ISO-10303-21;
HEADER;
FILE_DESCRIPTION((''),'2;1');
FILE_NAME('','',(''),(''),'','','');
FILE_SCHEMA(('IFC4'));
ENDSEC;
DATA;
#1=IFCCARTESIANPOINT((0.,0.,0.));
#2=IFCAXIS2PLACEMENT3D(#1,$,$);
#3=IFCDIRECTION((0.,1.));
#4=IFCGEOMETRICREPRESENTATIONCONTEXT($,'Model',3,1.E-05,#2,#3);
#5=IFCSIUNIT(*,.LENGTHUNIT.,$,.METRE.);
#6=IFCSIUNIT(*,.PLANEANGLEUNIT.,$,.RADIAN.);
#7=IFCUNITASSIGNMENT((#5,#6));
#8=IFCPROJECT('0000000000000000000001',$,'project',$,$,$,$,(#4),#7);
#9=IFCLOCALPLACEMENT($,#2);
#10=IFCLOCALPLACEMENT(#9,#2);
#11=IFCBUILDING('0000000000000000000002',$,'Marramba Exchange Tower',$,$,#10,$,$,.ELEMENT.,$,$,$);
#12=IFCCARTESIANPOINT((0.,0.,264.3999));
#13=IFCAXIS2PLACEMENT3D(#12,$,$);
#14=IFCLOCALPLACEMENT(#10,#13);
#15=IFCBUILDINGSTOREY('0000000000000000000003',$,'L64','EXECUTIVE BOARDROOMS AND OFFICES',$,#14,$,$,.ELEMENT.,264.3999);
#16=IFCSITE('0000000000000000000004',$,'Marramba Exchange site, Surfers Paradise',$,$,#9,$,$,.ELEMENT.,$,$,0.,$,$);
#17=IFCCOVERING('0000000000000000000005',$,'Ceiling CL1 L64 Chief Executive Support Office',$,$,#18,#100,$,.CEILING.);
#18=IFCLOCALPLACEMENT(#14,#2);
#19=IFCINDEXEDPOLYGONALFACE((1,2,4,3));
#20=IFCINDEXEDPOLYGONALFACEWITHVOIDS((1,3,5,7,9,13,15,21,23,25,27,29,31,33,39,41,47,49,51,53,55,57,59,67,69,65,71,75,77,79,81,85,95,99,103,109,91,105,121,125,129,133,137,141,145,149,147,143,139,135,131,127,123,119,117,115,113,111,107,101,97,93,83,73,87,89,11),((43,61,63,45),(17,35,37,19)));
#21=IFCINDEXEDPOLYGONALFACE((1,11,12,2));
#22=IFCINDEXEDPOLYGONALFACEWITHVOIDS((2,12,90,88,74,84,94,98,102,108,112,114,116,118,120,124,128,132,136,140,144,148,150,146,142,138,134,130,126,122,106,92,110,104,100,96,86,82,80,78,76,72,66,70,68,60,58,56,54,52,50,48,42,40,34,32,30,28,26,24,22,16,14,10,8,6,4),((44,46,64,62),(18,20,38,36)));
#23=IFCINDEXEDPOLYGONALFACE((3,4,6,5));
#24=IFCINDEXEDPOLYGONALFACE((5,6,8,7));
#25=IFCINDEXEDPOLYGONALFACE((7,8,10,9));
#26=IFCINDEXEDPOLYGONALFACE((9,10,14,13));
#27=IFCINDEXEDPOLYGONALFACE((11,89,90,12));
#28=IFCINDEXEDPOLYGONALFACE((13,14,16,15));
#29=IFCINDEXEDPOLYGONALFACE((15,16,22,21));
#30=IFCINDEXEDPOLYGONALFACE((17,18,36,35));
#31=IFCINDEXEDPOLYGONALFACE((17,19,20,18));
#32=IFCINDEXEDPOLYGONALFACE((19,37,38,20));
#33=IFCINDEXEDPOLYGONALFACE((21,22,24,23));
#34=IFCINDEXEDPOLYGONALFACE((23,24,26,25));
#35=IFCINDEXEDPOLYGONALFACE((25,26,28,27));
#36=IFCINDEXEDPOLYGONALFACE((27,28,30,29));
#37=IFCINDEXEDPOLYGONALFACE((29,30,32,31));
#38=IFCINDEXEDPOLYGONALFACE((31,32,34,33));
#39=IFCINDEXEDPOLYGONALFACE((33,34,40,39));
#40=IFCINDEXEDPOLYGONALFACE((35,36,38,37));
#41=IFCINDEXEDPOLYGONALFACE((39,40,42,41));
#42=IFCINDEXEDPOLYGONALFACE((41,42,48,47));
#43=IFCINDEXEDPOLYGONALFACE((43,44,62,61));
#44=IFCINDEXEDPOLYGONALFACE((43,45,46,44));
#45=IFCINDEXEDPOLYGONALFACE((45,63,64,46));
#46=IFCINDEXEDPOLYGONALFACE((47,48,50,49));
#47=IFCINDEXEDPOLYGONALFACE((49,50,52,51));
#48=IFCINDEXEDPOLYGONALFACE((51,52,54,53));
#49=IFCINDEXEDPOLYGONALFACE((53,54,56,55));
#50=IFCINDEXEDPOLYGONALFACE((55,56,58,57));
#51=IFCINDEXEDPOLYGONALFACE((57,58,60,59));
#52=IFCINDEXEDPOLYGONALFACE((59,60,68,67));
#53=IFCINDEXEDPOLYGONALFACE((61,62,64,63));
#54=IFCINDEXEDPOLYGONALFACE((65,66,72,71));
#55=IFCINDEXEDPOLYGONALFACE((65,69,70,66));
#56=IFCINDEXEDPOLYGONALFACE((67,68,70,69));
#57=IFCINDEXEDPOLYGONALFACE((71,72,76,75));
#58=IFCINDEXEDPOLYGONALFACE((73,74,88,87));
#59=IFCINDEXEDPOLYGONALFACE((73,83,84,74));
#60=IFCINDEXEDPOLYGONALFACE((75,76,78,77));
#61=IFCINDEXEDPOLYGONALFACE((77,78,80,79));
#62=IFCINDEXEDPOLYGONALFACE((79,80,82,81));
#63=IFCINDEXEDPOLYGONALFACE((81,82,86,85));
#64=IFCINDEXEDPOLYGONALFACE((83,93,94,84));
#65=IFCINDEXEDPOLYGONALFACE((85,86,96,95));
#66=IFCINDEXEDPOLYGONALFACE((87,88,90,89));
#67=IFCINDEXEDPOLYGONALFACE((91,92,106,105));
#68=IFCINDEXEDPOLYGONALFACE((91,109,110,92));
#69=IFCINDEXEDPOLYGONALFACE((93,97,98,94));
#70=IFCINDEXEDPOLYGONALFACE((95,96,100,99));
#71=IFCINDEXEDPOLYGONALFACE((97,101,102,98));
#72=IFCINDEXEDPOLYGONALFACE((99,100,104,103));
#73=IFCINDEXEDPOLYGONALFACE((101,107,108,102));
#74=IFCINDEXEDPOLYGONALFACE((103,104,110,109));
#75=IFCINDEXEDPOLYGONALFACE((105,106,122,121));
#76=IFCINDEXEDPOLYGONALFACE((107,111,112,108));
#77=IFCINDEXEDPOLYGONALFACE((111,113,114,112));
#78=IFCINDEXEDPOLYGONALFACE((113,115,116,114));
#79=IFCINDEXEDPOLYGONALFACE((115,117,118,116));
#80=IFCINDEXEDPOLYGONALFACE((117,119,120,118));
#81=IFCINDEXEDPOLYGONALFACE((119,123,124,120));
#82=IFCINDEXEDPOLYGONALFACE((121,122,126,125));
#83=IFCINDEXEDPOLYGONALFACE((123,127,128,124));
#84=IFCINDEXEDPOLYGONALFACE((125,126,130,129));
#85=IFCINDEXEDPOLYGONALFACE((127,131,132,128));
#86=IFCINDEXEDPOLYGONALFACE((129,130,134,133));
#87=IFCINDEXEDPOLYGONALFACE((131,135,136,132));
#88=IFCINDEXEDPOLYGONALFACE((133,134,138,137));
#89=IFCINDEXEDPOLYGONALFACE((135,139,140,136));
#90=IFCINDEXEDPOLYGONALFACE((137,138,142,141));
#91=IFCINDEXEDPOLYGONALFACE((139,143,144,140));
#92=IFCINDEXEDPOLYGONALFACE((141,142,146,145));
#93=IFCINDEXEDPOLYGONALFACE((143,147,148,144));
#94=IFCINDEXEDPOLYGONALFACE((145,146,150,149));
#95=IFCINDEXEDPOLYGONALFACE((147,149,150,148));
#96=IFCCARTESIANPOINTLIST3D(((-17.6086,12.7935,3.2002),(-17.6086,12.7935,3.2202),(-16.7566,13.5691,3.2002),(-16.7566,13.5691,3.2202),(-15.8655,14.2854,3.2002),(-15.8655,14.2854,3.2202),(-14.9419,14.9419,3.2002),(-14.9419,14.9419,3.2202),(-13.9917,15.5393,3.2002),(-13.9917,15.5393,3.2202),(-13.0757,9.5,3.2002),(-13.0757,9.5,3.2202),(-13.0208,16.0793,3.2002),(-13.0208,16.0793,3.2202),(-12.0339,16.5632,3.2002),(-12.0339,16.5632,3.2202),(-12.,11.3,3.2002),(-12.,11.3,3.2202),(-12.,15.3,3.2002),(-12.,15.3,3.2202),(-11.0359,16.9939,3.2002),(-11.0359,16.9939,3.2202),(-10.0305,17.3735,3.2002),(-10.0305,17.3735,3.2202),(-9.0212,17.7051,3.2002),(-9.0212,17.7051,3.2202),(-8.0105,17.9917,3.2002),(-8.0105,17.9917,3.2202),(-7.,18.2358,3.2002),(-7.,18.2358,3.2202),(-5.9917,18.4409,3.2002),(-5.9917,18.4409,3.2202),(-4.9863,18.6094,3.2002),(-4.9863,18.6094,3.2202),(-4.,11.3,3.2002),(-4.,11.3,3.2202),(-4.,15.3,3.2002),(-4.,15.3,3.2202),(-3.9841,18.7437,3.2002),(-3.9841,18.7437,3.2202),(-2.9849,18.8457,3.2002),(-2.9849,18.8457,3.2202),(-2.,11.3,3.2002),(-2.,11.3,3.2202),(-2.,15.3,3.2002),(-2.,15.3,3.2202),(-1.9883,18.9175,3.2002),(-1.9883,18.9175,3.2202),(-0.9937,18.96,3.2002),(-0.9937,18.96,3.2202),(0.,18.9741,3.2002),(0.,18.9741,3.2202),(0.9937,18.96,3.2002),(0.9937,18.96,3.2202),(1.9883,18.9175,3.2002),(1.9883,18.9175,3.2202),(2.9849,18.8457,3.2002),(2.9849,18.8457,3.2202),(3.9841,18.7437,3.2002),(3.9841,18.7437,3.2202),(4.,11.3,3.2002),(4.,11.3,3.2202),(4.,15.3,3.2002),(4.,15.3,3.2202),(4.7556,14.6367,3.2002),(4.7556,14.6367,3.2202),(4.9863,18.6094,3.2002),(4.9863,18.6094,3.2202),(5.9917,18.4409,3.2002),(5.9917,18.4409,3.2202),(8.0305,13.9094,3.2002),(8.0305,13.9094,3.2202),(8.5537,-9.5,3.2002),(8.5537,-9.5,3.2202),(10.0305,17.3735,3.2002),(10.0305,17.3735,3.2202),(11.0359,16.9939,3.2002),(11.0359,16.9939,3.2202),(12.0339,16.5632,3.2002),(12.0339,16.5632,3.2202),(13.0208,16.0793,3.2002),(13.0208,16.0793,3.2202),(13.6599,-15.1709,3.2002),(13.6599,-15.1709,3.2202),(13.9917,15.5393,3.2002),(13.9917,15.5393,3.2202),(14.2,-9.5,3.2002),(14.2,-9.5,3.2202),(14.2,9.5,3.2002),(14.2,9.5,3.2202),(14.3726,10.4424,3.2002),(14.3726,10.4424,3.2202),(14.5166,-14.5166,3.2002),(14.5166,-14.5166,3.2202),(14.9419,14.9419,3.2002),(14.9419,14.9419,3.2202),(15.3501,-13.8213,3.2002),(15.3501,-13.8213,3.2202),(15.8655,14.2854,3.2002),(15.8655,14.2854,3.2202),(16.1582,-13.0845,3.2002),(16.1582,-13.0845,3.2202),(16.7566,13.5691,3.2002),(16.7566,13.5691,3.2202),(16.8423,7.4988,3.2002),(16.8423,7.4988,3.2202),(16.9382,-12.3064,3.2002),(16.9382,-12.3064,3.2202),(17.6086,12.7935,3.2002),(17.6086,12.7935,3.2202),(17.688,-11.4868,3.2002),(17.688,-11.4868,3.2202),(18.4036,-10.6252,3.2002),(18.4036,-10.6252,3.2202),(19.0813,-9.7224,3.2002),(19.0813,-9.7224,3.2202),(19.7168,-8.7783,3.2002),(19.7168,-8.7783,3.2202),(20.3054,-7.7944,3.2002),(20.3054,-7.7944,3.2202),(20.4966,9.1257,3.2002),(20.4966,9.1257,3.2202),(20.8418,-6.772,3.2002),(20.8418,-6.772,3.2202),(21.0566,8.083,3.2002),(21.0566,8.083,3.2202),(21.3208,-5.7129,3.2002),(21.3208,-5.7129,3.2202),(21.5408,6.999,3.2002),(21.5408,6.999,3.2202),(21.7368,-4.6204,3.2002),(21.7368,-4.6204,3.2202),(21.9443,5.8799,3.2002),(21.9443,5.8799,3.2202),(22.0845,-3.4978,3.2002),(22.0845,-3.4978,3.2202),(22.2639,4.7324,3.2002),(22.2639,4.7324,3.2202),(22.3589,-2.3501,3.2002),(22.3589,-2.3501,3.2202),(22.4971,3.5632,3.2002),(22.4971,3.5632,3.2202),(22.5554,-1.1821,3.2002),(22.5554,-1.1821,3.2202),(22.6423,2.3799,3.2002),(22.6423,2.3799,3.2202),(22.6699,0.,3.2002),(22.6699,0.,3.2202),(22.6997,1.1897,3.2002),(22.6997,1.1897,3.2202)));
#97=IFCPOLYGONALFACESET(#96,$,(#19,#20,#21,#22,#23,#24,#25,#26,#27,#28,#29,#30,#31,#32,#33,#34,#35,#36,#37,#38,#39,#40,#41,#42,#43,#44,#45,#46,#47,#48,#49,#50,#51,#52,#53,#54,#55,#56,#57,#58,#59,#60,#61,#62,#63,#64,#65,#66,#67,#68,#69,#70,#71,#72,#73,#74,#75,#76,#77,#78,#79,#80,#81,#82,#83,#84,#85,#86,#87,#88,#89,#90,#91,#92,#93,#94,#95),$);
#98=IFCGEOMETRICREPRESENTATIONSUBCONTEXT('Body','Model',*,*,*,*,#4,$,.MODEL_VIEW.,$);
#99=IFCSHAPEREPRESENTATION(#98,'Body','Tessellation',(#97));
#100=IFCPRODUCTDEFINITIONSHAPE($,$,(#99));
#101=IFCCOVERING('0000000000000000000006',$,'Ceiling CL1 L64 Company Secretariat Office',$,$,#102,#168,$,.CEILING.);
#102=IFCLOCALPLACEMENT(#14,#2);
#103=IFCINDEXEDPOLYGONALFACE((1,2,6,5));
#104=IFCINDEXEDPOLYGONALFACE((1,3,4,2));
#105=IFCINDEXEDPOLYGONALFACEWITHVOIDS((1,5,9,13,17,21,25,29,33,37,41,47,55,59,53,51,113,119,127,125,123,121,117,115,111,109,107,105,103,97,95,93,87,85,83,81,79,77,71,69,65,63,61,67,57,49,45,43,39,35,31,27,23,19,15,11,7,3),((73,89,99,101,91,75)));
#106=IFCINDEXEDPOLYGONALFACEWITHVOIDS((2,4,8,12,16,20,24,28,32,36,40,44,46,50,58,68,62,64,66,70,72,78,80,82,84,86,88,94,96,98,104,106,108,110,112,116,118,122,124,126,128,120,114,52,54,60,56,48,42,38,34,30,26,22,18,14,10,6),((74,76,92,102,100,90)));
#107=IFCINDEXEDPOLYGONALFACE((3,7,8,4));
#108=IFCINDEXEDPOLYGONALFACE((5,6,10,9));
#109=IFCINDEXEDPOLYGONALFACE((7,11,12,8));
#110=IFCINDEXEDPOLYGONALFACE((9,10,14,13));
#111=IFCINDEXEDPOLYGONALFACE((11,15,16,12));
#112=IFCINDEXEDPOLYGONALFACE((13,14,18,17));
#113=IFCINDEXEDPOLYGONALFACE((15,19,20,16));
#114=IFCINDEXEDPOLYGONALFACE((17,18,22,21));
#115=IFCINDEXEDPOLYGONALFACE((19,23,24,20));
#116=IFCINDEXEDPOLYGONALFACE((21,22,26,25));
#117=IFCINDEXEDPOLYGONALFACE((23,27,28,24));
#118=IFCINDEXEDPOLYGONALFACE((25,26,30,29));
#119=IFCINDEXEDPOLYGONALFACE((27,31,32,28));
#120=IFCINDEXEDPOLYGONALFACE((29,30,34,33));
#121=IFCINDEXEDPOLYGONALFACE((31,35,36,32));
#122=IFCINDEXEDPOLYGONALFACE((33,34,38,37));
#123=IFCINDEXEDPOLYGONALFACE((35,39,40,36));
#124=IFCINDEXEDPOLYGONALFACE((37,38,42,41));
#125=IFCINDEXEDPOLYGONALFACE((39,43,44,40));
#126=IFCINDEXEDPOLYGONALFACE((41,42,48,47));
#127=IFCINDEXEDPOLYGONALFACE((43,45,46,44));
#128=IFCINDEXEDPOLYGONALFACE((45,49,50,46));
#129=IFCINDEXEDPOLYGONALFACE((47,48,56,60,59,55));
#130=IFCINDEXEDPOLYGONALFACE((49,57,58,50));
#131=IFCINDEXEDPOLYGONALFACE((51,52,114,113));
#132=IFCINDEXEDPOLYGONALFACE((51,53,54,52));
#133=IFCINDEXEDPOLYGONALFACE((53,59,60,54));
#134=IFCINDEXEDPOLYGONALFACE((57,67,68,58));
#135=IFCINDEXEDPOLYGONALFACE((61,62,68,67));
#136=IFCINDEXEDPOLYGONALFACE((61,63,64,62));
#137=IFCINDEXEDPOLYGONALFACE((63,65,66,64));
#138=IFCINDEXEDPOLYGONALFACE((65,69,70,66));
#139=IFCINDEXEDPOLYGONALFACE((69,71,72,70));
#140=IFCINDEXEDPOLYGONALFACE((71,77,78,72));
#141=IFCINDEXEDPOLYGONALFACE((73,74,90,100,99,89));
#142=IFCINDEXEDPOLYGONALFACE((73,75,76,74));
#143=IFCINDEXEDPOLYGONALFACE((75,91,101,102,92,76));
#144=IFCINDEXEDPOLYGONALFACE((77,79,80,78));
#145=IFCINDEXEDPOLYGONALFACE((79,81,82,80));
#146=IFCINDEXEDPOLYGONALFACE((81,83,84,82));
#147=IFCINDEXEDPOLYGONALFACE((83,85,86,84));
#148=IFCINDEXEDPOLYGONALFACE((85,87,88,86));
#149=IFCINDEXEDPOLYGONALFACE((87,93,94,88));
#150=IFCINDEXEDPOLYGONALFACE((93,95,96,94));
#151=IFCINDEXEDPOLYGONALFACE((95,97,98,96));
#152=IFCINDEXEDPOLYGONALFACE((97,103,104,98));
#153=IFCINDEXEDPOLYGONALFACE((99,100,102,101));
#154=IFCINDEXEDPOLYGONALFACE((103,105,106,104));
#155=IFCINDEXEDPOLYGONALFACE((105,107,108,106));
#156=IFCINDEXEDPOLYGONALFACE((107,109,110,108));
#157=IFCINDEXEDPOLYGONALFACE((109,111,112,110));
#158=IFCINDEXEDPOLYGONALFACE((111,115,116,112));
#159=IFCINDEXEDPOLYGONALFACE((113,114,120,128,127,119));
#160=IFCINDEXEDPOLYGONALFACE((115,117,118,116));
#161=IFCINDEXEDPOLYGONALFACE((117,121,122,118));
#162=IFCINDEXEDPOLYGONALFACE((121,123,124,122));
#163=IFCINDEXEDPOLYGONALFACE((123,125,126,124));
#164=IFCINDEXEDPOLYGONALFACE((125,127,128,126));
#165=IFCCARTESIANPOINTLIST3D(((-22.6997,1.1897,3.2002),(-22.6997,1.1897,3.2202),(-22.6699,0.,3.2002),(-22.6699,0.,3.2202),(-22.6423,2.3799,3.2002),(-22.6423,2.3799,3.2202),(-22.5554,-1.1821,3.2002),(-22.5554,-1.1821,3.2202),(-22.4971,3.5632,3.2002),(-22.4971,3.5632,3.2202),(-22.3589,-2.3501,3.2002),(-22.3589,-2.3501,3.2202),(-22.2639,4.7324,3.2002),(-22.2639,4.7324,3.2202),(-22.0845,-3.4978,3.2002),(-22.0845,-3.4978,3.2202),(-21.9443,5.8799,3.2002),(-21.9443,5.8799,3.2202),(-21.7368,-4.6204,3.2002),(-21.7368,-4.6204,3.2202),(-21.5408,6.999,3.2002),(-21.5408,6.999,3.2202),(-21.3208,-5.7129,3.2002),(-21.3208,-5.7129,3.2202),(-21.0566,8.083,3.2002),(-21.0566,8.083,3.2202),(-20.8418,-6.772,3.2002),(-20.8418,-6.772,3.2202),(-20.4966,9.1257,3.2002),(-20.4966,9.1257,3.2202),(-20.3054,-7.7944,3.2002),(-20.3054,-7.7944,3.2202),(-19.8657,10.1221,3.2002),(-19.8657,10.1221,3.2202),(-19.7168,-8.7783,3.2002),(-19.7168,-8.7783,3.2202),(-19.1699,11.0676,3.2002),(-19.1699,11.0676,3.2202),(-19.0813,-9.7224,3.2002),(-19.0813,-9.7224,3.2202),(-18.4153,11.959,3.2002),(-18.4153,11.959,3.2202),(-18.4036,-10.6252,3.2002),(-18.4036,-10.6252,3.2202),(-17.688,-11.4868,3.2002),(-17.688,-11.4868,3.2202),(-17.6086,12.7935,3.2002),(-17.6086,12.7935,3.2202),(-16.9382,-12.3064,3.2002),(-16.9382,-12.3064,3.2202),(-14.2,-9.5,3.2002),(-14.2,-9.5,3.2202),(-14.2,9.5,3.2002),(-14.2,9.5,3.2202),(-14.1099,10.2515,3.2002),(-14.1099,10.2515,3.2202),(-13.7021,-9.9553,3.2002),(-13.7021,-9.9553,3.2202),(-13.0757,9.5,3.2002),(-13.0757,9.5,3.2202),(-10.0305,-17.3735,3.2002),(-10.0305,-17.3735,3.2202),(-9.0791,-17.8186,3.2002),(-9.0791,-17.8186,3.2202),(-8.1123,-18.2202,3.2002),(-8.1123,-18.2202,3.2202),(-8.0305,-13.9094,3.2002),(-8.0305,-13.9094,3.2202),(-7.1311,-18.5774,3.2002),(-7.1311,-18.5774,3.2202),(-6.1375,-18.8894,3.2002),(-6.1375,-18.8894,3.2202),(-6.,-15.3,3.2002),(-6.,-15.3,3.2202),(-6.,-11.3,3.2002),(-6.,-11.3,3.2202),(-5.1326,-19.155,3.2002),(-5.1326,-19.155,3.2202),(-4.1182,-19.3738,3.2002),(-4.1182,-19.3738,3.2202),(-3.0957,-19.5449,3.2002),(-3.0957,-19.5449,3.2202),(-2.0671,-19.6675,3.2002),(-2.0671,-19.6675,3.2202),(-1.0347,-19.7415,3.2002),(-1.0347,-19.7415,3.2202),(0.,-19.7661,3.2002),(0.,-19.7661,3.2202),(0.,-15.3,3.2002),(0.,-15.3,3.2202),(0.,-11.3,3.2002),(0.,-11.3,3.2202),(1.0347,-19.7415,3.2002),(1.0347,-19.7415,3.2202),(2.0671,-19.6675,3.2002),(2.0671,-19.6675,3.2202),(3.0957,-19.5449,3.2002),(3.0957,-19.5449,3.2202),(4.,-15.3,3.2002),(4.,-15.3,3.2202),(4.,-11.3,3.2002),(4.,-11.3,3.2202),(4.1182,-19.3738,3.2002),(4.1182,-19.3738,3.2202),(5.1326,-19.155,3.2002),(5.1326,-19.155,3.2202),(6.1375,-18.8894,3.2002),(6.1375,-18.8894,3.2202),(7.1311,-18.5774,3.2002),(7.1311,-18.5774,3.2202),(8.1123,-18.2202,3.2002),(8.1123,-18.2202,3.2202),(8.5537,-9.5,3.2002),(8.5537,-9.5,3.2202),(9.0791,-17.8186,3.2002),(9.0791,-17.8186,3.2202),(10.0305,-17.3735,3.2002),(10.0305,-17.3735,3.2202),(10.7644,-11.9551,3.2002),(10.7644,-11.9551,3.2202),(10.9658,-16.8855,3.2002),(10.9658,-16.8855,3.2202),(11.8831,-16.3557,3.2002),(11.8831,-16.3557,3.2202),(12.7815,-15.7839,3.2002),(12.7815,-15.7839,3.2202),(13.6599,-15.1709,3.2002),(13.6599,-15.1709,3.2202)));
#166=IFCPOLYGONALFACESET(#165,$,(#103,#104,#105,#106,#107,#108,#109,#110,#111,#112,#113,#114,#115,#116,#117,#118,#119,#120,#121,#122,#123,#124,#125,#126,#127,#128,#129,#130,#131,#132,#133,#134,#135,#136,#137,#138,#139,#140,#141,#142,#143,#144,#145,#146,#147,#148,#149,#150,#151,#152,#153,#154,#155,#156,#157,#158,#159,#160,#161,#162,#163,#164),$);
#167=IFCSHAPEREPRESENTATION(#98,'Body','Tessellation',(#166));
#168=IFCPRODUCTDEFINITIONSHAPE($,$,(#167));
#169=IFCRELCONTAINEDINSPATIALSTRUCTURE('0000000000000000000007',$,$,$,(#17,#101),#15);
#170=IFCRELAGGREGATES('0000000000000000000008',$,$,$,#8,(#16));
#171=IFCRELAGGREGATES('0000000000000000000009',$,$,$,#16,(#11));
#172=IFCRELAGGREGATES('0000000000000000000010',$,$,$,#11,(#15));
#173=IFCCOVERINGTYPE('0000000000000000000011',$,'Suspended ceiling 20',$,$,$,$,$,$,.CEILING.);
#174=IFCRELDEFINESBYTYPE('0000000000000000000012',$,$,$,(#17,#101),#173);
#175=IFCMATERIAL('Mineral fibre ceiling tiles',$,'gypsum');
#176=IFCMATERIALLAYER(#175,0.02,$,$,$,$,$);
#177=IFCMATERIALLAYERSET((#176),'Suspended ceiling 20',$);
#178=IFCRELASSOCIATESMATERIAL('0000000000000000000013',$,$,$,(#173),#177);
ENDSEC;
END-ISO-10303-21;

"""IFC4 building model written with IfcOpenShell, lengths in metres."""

from ifc_helpers import new_model, si_unit, direction, frame, origin, place, context, subcontext, project, spatial, polyline, outline, extrude, material, layer, layer_set, type_object, element, save


model = new_model("IFC4")

# Units and contexts
model_context = context("Model", 3, precision=1e-05, world=origin(), true_north=direction((0.0, 1.0)))
body_context = subcontext(model_context, "Body", "Model", "MODEL_VIEW")
ifc_project = project(units=[si_unit("LENGTHUNIT", "METRE"), si_unit("PLANEANGLEUNIT", "RADIAN")], contexts=[model_context])

# Site, building, storey
site_placement = place(None, origin())
site = spatial("IfcSite", under=ifc_project, at=site_placement, Name="Marramba Exchange site, Surfers Paradise", CompositionType="ELEMENT", RefElevation=0.0)
building_placement = place(site_placement, origin())
building = spatial("IfcBuilding", under=site, at=building_placement, Name="Marramba Exchange Tower", CompositionType="ELEMENT")
storey_placement = place(building_placement, frame((0.0, 0.0, 264.3999)))
storey = spatial("IfcBuildingStorey", under=building, at=storey_placement, Name="L64", Description="EXECUTIVE BOARDROOMS AND OFFICES", CompositionType="ELEMENT", Elevation=264.3999)

# Coverings
ifc_material_1 = material(Name="Mineral fibre ceiling tiles", Category="gypsum")
ifc_layer_1 = layer(ifc_material_1, 0.02)
ifc_layer_set_1 = layer_set([ifc_layer_1], Name="Suspended ceiling 20")
covering_type = type_object("IfcCoveringType", Name="Suspended ceiling 20", PredefinedType="CEILING", material=ifc_layer_set_1)
covering_1_placement = place(storey_placement, frame((0.0, 0.0, 3.2002)))
element("IfcCovering", 1, at=covering_1_placement, inside=storey, type_object=covering_type, Name="Ceiling CL1 L64 Chief Executive Support Office", PredefinedType="CEILING", context=body_context, shape_type="SweptSolid", body=[
    extrude(outline(polyline([(14.2, 9.5), (-13.0757, 9.5), (-17.6086, 12.7935), (-16.7566, 13.5691), (-15.8655, 14.2854), (-14.9419, 14.9419), (-13.9917, 15.5393), (-13.0208, 16.0793), (-12.0339, 16.5632), (-11.0359, 16.9939), (-10.0305, 17.3735), (-9.0212, 17.7051), (-8.0105, 17.9917), (-7.0, 18.2358), (-5.9917, 18.4409), (-4.9863, 18.6094), (-3.9841, 18.7437), (-2.9849, 18.8457), (-1.9883, 18.9175), (-0.9937, 18.96), (0.0, 18.9741), (0.9937, 18.96), (1.9883, 18.9175), (2.9849, 18.8457), (3.9841, 18.7437), (4.9863, 18.6094), (5.9917, 18.4409), (4.7556, 14.6367), (8.0305, 13.9094), (10.0305, 17.3735), (11.0359, 16.9939), (12.0339, 16.5632), (13.0208, 16.0793), (13.9917, 15.5393), (14.9419, 14.9419), (15.8655, 14.2854), (16.7566, 13.5691), (17.6086, 12.7935), (14.3726, 10.4424), (16.8423, 7.4988), (20.4966, 9.1257), (21.0566, 8.083), (21.5408, 6.999), (21.9443, 5.8799), (22.2639, 4.7324), (22.4971, 3.5632), (22.6423, 2.3799), (22.6997, 1.1897), (22.6699, 0.0), (22.5554, -1.1821), (22.3589, -2.3501), (22.0845, -3.4978), (21.7368, -4.6204), (21.3208, -5.7129), (20.8418, -6.772), (20.3054, -7.7944), (19.7168, -8.7783), (19.0813, -9.7224), (18.4036, -10.6252), (17.688, -11.4868), (16.9382, -12.3064), (16.1582, -13.0845), (15.3501, -13.8213), (14.5166, -14.5166), (13.6599, -15.1709), (8.5537, -9.5), (14.2, -9.5), (14.2, 9.5)]), holes=[polyline([(-2.0, 11.3), (4.0, 11.3), (4.0, 15.3), (-2.0, 15.3), (-2.0, 11.3)]), polyline([(-12.0, 11.3), (-4.0, 11.3), (-4.0, 15.3), (-12.0, 15.3), (-12.0, 11.3)])]), origin(), (0.0, 0.0, 1.0), 0.02),
])
covering_2_placement = place(storey_placement, frame((0.0, 0.0, 3.2002)))
element("IfcCovering", 2, at=covering_2_placement, inside=storey, type_object=covering_type, Name="Ceiling CL1 L64 Company Secretariat Office", PredefinedType="CEILING", context=body_context, shape_type="SweptSolid", body=[
    extrude(outline(polyline([(-14.2, -9.5), (8.5537, -9.5), (10.7644, -11.9551), (13.6599, -15.1709), (12.7815, -15.7839), (11.8831, -16.3557), (10.9658, -16.8855), (10.0305, -17.3735), (9.0791, -17.8186), (8.1123, -18.2202), (7.1311, -18.5774), (6.1375, -18.8894), (5.1326, -19.155), (4.1182, -19.3738), (3.0957, -19.5449), (2.0671, -19.6675), (1.0347, -19.7415), (0.0, -19.7661), (-1.0347, -19.7415), (-2.0671, -19.6675), (-3.0957, -19.5449), (-4.1182, -19.3738), (-5.1326, -19.155), (-6.1375, -18.8894), (-7.1311, -18.5774), (-8.1123, -18.2202), (-9.0791, -17.8186), (-10.0305, -17.3735), (-8.0305, -13.9094), (-13.7021, -9.9553), (-16.9382, -12.3064), (-17.688, -11.4868), (-18.4036, -10.6252), (-19.0813, -9.7224), (-19.7168, -8.7783), (-20.3054, -7.7944), (-20.8418, -6.772), (-21.3208, -5.7129), (-21.7368, -4.6204), (-22.0845, -3.4978), (-22.3589, -2.3501), (-22.5554, -1.1821), (-22.6699, 0.0), (-22.6997, 1.1897), (-22.6423, 2.3799), (-22.4971, 3.5632), (-22.2639, 4.7324), (-21.9443, 5.8799), (-21.5408, 6.999), (-21.0566, 8.083), (-20.4966, 9.1257), (-19.8657, 10.1221), (-19.1699, 11.0676), (-18.4153, 11.959), (-17.6086, 12.7935), (-14.1099, 10.2515), (-13.0757, 9.5), (-14.2, 9.5), (-14.2, -9.5)]), holes=[polyline([(-6.0, -15.3), (0.0, -15.3), (4.0, -15.3), (4.0, -11.3), (0.0, -11.3), (-6.0, -11.3), (-6.0, -15.3)])]), origin(), (0.0, 0.0, 1.0), 0.02),
])

save(model, "model.ifc")
